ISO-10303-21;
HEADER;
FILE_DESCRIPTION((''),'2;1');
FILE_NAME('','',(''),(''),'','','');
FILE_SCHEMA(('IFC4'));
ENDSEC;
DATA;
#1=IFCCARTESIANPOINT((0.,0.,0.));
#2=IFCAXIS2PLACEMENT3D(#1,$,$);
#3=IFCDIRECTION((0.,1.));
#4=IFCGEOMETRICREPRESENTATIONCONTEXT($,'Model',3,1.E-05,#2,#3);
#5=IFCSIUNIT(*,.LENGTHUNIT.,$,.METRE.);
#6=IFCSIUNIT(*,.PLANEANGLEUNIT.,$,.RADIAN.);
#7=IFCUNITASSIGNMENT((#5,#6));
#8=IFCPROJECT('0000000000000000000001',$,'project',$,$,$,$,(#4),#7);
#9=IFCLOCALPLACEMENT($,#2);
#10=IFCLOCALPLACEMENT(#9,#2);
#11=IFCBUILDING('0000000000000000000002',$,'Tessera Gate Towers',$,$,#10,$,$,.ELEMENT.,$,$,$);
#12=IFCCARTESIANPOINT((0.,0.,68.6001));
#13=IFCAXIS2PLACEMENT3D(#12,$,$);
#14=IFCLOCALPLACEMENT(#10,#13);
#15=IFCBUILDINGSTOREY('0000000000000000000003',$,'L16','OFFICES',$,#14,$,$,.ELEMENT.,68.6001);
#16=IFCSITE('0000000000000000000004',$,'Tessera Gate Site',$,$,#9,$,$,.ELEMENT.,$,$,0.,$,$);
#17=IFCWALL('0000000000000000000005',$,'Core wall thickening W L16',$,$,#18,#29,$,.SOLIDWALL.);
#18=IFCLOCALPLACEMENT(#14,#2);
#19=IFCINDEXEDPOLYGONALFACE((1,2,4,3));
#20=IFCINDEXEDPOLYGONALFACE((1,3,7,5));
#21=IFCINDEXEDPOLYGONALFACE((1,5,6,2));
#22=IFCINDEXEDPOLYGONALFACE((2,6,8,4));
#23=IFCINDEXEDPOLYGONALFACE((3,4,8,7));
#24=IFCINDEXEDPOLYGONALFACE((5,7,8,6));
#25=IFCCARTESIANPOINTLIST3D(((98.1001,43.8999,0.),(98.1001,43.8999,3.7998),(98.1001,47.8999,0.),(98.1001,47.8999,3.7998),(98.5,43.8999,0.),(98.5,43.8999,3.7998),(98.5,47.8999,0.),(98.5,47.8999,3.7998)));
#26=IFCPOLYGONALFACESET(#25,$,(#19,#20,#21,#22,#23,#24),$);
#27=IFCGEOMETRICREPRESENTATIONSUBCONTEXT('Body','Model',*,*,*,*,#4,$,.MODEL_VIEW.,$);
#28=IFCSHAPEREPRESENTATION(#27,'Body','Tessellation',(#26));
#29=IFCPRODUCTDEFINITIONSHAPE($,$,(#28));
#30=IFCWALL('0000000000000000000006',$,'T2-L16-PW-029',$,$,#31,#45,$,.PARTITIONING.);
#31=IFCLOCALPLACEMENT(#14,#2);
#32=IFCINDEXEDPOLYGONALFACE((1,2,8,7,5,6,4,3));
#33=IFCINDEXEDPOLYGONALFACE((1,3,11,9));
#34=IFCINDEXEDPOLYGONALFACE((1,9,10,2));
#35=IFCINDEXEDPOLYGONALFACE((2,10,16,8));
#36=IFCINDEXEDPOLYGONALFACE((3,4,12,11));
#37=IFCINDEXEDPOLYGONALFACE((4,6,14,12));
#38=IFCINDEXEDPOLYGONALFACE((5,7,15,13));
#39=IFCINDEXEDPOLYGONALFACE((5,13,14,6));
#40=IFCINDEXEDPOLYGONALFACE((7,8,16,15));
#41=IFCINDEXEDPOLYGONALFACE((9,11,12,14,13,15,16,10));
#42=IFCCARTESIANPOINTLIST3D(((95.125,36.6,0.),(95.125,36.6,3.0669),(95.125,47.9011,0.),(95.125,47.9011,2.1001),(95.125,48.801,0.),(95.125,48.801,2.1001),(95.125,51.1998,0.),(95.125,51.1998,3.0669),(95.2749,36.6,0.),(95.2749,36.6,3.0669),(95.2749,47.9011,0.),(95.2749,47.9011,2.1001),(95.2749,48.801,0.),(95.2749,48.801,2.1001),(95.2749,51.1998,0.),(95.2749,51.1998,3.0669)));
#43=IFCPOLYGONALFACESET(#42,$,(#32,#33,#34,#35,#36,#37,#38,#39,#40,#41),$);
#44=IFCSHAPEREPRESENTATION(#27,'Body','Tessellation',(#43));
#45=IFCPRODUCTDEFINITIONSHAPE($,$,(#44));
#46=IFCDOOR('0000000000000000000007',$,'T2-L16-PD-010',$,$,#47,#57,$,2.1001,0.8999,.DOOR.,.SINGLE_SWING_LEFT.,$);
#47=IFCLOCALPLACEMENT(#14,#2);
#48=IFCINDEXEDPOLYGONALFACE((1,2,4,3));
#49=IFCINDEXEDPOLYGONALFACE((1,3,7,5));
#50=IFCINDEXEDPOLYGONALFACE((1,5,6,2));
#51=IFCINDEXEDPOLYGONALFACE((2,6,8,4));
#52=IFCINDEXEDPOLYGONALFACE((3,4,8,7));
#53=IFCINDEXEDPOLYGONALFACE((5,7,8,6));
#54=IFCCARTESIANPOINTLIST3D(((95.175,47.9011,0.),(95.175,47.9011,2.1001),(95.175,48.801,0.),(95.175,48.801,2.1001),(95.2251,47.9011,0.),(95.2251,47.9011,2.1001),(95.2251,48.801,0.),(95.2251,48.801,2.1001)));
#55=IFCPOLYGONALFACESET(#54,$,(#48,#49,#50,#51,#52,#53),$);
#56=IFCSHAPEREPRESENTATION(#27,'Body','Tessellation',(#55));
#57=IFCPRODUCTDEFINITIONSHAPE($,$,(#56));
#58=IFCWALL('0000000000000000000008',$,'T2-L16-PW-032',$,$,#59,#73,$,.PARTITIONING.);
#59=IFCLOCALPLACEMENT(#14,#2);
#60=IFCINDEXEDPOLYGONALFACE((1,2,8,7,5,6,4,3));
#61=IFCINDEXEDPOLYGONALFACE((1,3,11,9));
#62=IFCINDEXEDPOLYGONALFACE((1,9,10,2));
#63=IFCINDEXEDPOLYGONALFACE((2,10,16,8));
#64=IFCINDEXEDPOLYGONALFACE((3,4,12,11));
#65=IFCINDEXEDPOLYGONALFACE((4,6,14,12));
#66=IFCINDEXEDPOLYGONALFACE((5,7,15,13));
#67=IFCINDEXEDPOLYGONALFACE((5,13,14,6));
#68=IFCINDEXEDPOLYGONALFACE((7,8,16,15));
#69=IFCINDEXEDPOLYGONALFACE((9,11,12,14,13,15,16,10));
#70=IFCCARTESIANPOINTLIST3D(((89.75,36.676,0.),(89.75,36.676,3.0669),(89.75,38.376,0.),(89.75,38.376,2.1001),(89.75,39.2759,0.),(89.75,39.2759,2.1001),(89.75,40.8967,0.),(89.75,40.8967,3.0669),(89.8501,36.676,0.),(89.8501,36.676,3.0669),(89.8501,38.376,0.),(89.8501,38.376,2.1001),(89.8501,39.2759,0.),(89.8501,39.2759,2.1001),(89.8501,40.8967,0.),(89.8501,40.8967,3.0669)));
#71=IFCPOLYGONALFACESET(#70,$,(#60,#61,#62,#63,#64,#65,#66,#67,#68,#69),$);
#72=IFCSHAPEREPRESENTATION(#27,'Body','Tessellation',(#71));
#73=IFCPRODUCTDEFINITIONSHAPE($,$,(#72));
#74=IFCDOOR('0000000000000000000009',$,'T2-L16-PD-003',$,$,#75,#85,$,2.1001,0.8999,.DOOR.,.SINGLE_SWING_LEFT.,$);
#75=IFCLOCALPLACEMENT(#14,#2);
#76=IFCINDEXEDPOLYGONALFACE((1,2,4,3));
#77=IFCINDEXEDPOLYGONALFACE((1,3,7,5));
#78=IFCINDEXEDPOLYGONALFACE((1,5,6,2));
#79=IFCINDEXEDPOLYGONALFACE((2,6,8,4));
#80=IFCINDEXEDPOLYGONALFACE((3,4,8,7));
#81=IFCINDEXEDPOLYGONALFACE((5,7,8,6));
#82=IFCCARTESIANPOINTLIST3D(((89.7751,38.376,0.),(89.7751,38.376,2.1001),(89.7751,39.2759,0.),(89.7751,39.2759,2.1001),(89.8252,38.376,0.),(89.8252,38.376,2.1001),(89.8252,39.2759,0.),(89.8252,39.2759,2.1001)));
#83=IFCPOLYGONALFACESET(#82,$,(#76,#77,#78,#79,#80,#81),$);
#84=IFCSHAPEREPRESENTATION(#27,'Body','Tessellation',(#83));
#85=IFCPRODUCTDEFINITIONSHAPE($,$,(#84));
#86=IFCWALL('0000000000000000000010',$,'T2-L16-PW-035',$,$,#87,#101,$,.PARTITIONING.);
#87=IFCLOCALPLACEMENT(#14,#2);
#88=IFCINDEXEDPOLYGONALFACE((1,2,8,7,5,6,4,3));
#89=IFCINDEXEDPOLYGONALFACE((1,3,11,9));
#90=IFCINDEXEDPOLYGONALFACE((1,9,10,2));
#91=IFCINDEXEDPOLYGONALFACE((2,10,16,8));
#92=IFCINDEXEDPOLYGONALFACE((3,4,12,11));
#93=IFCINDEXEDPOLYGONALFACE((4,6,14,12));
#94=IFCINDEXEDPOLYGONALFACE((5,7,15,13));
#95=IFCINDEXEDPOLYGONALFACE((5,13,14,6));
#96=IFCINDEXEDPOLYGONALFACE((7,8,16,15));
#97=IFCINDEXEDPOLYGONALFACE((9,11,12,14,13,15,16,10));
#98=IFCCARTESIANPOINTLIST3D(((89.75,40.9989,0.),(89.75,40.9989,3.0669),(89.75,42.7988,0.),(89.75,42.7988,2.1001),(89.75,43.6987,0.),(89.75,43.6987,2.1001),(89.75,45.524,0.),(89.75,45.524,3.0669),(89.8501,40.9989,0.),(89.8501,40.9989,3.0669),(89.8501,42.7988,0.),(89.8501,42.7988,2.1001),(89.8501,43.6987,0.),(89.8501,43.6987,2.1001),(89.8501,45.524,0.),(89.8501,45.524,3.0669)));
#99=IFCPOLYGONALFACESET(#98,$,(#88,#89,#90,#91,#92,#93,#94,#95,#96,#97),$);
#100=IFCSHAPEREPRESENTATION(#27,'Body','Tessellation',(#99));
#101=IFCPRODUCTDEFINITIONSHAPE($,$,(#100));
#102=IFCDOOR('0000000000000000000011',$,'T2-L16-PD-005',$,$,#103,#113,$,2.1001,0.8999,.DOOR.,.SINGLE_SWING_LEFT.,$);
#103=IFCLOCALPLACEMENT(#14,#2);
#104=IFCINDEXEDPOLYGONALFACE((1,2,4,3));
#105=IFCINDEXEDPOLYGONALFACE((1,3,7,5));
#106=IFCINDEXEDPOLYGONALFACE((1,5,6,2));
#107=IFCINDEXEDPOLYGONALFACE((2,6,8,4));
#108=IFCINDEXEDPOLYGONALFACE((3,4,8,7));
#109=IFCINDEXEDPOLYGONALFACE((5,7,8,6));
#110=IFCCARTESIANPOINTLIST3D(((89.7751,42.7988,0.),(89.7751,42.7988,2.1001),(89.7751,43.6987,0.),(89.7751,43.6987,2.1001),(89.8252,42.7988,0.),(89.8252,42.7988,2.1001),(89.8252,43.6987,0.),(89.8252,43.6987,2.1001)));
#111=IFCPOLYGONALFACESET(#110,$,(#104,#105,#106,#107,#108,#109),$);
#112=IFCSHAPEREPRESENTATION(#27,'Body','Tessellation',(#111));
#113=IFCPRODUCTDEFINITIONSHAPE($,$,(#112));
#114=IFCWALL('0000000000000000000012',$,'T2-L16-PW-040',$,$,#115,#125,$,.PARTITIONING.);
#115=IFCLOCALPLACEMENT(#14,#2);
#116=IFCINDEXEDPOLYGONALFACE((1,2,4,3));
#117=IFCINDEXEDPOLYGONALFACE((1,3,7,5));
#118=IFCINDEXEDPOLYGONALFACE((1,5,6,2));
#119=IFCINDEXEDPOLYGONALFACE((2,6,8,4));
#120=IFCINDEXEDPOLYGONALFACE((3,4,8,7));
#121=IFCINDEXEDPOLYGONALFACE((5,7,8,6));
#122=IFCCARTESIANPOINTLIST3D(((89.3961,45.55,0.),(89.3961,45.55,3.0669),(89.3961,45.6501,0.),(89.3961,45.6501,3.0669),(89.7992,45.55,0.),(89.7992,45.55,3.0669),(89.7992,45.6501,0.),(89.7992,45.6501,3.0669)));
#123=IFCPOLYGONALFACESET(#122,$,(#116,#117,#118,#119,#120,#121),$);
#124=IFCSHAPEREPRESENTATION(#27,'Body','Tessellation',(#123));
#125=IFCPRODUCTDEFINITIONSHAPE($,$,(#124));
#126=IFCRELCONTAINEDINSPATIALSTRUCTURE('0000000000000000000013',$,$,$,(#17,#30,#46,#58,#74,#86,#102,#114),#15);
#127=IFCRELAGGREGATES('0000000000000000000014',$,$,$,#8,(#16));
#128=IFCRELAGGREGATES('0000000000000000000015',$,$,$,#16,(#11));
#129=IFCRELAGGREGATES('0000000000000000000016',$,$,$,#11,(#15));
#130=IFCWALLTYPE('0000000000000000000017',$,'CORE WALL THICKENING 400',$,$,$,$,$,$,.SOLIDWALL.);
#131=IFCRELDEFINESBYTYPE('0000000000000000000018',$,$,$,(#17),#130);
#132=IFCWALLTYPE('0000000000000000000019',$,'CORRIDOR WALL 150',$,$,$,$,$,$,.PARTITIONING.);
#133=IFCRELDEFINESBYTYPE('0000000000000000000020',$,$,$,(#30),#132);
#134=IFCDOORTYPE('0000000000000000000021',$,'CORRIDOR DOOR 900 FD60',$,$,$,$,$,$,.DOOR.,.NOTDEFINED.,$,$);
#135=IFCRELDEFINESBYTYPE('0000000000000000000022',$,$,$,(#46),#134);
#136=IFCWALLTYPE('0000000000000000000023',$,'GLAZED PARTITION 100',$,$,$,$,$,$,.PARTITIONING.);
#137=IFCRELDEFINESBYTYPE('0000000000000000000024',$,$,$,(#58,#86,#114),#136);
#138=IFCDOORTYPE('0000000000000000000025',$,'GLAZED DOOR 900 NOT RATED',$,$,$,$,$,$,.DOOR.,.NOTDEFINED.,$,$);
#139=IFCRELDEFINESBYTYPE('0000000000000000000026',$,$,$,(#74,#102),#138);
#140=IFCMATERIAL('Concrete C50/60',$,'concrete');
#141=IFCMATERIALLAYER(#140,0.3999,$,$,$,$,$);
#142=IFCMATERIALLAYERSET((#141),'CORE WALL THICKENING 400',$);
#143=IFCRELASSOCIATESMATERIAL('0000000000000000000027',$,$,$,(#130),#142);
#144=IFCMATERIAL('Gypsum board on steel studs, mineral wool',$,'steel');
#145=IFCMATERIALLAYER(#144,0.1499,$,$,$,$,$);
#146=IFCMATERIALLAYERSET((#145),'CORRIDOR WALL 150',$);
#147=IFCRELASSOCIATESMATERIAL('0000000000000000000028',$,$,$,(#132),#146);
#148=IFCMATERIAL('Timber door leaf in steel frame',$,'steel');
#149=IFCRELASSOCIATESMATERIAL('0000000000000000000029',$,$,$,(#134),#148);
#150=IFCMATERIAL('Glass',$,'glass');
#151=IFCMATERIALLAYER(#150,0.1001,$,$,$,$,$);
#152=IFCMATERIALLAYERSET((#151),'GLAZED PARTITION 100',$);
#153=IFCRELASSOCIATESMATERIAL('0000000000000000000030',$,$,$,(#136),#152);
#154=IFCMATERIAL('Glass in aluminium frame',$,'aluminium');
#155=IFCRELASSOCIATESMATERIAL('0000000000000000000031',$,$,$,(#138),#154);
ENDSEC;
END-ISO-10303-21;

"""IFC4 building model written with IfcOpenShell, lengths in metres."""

from ifc_helpers import new_model, si_unit, direction, frame, frame_2d, origin, place, context, subcontext, project, spatial, rectangle, extrude, source, transform, mapped, material, layer, layer_set, type_object, element, fill, save


model = new_model("IFC4")

# Units and contexts
model_context = context("Model", 3, precision=1e-05, world=origin(), true_north=direction((0.0, 1.0)))
body_context = subcontext(model_context, "Body", "Model", "MODEL_VIEW")
ifc_project = project(units=[si_unit("LENGTHUNIT", "METRE"), si_unit("PLANEANGLEUNIT", "RADIAN")], contexts=[model_context])

# Site, building, storey
site_placement = place(None, origin())
site = spatial("IfcSite", under=ifc_project, at=site_placement, Name="Tessera Gate Site", CompositionType="ELEMENT", RefElevation=0.0)
building_placement = place(site_placement, origin())
building = spatial("IfcBuilding", under=site, at=building_placement, Name="Tessera Gate Towers", CompositionType="ELEMENT")
storey_placement = place(building_placement, frame((0.0, 0.0, 68.6001)))
storey = spatial("IfcBuildingStorey", under=building, at=storey_placement, Name="L16", Description="OFFICES", CompositionType="ELEMENT", Elevation=68.6001)

# Wall
ifc_material_1 = material(Name="Concrete C50/60", Category="concrete")
ifc_layer_1 = layer(ifc_material_1, 0.3999)
ifc_layer_set_1 = layer_set([ifc_layer_1], Name="CORE WALL THICKENING 400")
wall_type_1 = type_object("IfcWallType", Name="CORE WALL THICKENING 400", PredefinedType="SOLIDWALL", material=ifc_layer_set_1)
wall_1_placement = place(storey_placement, frame((98.3, 43.8999, 0.0), z_axis=(0.0, 0.0, 1.0), x_axis=(0.0, 1.0, 0.0)))
element("IfcWall", 1, at=wall_1_placement, inside=storey, type_object=wall_type_1, Name="Core wall thickening W L16", PredefinedType="SOLIDWALL", context=body_context, shape_type="SweptSolid", body=[
    extrude(rectangle(XDim=4.0, YDim=0.3999, at=frame_2d((2.0, 0.0))), origin(), (0.0, 0.0, 1.0), 3.7998),
])

# Walls, openings, doors
ifc_material_2 = material(Name="Gypsum board on steel studs, mineral wool", Category="steel")
ifc_layer_2 = layer(ifc_material_2, 0.1499)
ifc_layer_set_2 = layer_set([ifc_layer_2], Name="CORRIDOR WALL 150")
wall_type_2 = type_object("IfcWallType", Name="CORRIDOR WALL 150", PredefinedType="PARTITIONING", material=ifc_layer_set_2)
wall_2_placement = place(storey_placement, frame((95.2, 36.6001, 0.0), z_axis=(0.0, 0.0, 1.0), x_axis=(0.0, 1.0, 0.0)))
wall_2 = element("IfcWall", 2, at=wall_2_placement, inside=storey, type_object=wall_type_2, Name="T2-L16-PW-029", PredefinedType="PARTITIONING", context=body_context, shape_type="SweptSolid", body=[
    extrude(rectangle(XDim=14.5999, YDim=0.1499, at=frame_2d((7.2998, 0.0))), origin(), (0.0, 0.0, 1.0), 3.0669),
])
shared_shape_1 = source(origin(), body_context, "Body", "SweptSolid", [
    extrude(rectangle(XDim=0.8999, YDim=2.1001, at=frame_2d((0.45, 1.05))), frame((0.0, 0.085, 0.0), z_axis=(0.0, -1.0, 0.0), x_axis=(1.0, 0.0, 0.0)), (0.0, 0.0, 1.0), 0.1699),
])
opening_1_placement = place(wall_2_placement, frame((11.301, 0.0, 0.0)))
opening_1 = element("IfcOpeningElement", 3, at=opening_1_placement, cuts=wall_2, PredefinedType="OPENING", context=body_context, shape_type="MappedRepresentation", body=[
    mapped(shared_shape_1, transform((0.0, 0.0, 0.0), scale=1.0)),
])
ifc_material_3 = material(Name="Timber door leaf in steel frame", Category="steel")
door_type_1 = type_object("IfcDoorType", Name="CORRIDOR DOOR 900 FD60", OperationType="NOTDEFINED", PredefinedType="DOOR", material=ifc_material_3)
shared_shape_2 = source(origin(), body_context, "Body", "SweptSolid", [
    extrude(rectangle(XDim=0.8999, YDim=2.1001, at=frame_2d((0.45, 1.05))), frame((0.0, 0.0249, 0.0), z_axis=(0.0, -1.0, 0.0), x_axis=(1.0, 0.0, 0.0)), (0.0, 0.0, 1.0), 0.05),
])
door_1_placement = place(opening_1_placement, origin())
door_1 = element("IfcDoor", 4, at=door_1_placement, inside=storey, type_object=door_type_1, Name="T2-L16-PD-010", OperationType="SINGLE_SWING_LEFT", OverallHeight=2.1001, OverallWidth=0.8999, PredefinedType="DOOR", context=body_context, shape_type="MappedRepresentation", body=[
    mapped(shared_shape_2, transform((0.0, 0.0, 0.0), scale=1.0)),
])
fill(opening_1, door_1)
ifc_material_4 = material(Name="Glass", Category="glass")
ifc_layer_3 = layer(ifc_material_4, 0.1001)
ifc_layer_set_3 = layer_set([ifc_layer_3], Name="GLAZED PARTITION 100")
wall_type_3 = type_object("IfcWallType", Name="GLAZED PARTITION 100", PredefinedType="PARTITIONING", material=ifc_layer_set_3)
wall_3_placement = place(storey_placement, frame((89.8, 36.676, 0.0), z_axis=(0.0, 0.0, 1.0), x_axis=(0.0, 1.0, 0.0)))
wall_3 = element("IfcWall", 5, at=wall_3_placement, inside=storey, type_object=wall_type_3, Name="T2-L16-PW-032", PredefinedType="PARTITIONING", context=body_context, shape_type="SweptSolid", body=[
    extrude(rectangle(XDim=4.2207, YDim=0.1001, at=frame_2d((2.1104, 0.0))), origin(), (0.0, 0.0, 1.0), 3.0669),
])
shared_shape_3 = source(origin(), body_context, "Body", "SweptSolid", [
    extrude(rectangle(XDim=0.8999, YDim=2.1001, at=frame_2d((0.45, 1.05))), frame((0.0, 0.0601, 0.0), z_axis=(0.0, -1.0, 0.0), x_axis=(1.0, 0.0, 0.0)), (0.0, 0.0, 1.0), 0.1201),
])
opening_2_placement = place(wall_3_placement, frame((1.7, 0.0, 0.0)))
opening_2 = element("IfcOpeningElement", 6, at=opening_2_placement, cuts=wall_3, PredefinedType="OPENING", context=body_context, shape_type="MappedRepresentation", body=[
    mapped(shared_shape_3, transform((0.0, 0.0, 0.0), scale=1.0)),
])
ifc_material_5 = material(Name="Glass in aluminium frame", Category="aluminium")
door_type_2 = type_object("IfcDoorType", Name="GLAZED DOOR 900 NOT RATED", OperationType="NOTDEFINED", PredefinedType="DOOR", material=ifc_material_5)
door_2_placement = place(opening_2_placement, origin())
door_2 = element("IfcDoor", 7, at=door_2_placement, inside=storey, type_object=door_type_2, Name="T2-L16-PD-003", OperationType="SINGLE_SWING_LEFT", OverallHeight=2.1001, OverallWidth=0.8999, PredefinedType="DOOR", context=body_context, shape_type="MappedRepresentation", body=[
    mapped(shared_shape_2, transform((0.0, 0.0, 0.0), scale=1.0)),
])
fill(opening_2, door_2)
wall_4_placement = place(storey_placement, frame((89.8, 40.9988, 0.0), z_axis=(0.0, 0.0, 1.0), x_axis=(0.0, 1.0, 0.0)))
wall_4 = element("IfcWall", 8, at=wall_4_placement, inside=storey, type_object=wall_type_3, Name="T2-L16-PW-035", PredefinedType="PARTITIONING", context=body_context, shape_type="SweptSolid", body=[
    extrude(rectangle(XDim=4.5251, YDim=0.1001, at=frame_2d((2.2627, 0.0))), origin(), (0.0, 0.0, 1.0), 3.0669),
])
opening_3_placement = place(wall_4_placement, frame((1.8, 0.0, 0.0)))
opening_3 = element("IfcOpeningElement", 9, at=opening_3_placement, cuts=wall_4, PredefinedType="OPENING", context=body_context, shape_type="MappedRepresentation", body=[
    mapped(shared_shape_3, transform((0.0, 0.0, 0.0), scale=1.0)),
])
door_3_placement = place(opening_3_placement, origin())
door_3 = element("IfcDoor", 10, at=door_3_placement, inside=storey, type_object=door_type_2, Name="T2-L16-PD-005", OperationType="SINGLE_SWING_LEFT", OverallHeight=2.1001, OverallWidth=0.8999, PredefinedType="DOOR", context=body_context, shape_type="MappedRepresentation", body=[
    mapped(shared_shape_2, transform((0.0, 0.0, 0.0), scale=1.0)),
])
fill(opening_3, door_3)

# Wall
wall_5_placement = place(storey_placement, frame((89.396, 45.6001, 0.0), z_axis=(0.0, 0.0, 1.0), x_axis=(1.0, 0.0, 0.0)))
element("IfcWall", 11, at=wall_5_placement, inside=storey, type_object=wall_type_3, Name="T2-L16-PW-040", PredefinedType="PARTITIONING", context=body_context, shape_type="SweptSolid", body=[
    extrude(rectangle(XDim=0.4031, YDim=0.1001, at=frame_2d((0.2017, 0.0))), origin(), (0.0, 0.0, 1.0), 3.0669),
])

save(model, "model.ifc")
